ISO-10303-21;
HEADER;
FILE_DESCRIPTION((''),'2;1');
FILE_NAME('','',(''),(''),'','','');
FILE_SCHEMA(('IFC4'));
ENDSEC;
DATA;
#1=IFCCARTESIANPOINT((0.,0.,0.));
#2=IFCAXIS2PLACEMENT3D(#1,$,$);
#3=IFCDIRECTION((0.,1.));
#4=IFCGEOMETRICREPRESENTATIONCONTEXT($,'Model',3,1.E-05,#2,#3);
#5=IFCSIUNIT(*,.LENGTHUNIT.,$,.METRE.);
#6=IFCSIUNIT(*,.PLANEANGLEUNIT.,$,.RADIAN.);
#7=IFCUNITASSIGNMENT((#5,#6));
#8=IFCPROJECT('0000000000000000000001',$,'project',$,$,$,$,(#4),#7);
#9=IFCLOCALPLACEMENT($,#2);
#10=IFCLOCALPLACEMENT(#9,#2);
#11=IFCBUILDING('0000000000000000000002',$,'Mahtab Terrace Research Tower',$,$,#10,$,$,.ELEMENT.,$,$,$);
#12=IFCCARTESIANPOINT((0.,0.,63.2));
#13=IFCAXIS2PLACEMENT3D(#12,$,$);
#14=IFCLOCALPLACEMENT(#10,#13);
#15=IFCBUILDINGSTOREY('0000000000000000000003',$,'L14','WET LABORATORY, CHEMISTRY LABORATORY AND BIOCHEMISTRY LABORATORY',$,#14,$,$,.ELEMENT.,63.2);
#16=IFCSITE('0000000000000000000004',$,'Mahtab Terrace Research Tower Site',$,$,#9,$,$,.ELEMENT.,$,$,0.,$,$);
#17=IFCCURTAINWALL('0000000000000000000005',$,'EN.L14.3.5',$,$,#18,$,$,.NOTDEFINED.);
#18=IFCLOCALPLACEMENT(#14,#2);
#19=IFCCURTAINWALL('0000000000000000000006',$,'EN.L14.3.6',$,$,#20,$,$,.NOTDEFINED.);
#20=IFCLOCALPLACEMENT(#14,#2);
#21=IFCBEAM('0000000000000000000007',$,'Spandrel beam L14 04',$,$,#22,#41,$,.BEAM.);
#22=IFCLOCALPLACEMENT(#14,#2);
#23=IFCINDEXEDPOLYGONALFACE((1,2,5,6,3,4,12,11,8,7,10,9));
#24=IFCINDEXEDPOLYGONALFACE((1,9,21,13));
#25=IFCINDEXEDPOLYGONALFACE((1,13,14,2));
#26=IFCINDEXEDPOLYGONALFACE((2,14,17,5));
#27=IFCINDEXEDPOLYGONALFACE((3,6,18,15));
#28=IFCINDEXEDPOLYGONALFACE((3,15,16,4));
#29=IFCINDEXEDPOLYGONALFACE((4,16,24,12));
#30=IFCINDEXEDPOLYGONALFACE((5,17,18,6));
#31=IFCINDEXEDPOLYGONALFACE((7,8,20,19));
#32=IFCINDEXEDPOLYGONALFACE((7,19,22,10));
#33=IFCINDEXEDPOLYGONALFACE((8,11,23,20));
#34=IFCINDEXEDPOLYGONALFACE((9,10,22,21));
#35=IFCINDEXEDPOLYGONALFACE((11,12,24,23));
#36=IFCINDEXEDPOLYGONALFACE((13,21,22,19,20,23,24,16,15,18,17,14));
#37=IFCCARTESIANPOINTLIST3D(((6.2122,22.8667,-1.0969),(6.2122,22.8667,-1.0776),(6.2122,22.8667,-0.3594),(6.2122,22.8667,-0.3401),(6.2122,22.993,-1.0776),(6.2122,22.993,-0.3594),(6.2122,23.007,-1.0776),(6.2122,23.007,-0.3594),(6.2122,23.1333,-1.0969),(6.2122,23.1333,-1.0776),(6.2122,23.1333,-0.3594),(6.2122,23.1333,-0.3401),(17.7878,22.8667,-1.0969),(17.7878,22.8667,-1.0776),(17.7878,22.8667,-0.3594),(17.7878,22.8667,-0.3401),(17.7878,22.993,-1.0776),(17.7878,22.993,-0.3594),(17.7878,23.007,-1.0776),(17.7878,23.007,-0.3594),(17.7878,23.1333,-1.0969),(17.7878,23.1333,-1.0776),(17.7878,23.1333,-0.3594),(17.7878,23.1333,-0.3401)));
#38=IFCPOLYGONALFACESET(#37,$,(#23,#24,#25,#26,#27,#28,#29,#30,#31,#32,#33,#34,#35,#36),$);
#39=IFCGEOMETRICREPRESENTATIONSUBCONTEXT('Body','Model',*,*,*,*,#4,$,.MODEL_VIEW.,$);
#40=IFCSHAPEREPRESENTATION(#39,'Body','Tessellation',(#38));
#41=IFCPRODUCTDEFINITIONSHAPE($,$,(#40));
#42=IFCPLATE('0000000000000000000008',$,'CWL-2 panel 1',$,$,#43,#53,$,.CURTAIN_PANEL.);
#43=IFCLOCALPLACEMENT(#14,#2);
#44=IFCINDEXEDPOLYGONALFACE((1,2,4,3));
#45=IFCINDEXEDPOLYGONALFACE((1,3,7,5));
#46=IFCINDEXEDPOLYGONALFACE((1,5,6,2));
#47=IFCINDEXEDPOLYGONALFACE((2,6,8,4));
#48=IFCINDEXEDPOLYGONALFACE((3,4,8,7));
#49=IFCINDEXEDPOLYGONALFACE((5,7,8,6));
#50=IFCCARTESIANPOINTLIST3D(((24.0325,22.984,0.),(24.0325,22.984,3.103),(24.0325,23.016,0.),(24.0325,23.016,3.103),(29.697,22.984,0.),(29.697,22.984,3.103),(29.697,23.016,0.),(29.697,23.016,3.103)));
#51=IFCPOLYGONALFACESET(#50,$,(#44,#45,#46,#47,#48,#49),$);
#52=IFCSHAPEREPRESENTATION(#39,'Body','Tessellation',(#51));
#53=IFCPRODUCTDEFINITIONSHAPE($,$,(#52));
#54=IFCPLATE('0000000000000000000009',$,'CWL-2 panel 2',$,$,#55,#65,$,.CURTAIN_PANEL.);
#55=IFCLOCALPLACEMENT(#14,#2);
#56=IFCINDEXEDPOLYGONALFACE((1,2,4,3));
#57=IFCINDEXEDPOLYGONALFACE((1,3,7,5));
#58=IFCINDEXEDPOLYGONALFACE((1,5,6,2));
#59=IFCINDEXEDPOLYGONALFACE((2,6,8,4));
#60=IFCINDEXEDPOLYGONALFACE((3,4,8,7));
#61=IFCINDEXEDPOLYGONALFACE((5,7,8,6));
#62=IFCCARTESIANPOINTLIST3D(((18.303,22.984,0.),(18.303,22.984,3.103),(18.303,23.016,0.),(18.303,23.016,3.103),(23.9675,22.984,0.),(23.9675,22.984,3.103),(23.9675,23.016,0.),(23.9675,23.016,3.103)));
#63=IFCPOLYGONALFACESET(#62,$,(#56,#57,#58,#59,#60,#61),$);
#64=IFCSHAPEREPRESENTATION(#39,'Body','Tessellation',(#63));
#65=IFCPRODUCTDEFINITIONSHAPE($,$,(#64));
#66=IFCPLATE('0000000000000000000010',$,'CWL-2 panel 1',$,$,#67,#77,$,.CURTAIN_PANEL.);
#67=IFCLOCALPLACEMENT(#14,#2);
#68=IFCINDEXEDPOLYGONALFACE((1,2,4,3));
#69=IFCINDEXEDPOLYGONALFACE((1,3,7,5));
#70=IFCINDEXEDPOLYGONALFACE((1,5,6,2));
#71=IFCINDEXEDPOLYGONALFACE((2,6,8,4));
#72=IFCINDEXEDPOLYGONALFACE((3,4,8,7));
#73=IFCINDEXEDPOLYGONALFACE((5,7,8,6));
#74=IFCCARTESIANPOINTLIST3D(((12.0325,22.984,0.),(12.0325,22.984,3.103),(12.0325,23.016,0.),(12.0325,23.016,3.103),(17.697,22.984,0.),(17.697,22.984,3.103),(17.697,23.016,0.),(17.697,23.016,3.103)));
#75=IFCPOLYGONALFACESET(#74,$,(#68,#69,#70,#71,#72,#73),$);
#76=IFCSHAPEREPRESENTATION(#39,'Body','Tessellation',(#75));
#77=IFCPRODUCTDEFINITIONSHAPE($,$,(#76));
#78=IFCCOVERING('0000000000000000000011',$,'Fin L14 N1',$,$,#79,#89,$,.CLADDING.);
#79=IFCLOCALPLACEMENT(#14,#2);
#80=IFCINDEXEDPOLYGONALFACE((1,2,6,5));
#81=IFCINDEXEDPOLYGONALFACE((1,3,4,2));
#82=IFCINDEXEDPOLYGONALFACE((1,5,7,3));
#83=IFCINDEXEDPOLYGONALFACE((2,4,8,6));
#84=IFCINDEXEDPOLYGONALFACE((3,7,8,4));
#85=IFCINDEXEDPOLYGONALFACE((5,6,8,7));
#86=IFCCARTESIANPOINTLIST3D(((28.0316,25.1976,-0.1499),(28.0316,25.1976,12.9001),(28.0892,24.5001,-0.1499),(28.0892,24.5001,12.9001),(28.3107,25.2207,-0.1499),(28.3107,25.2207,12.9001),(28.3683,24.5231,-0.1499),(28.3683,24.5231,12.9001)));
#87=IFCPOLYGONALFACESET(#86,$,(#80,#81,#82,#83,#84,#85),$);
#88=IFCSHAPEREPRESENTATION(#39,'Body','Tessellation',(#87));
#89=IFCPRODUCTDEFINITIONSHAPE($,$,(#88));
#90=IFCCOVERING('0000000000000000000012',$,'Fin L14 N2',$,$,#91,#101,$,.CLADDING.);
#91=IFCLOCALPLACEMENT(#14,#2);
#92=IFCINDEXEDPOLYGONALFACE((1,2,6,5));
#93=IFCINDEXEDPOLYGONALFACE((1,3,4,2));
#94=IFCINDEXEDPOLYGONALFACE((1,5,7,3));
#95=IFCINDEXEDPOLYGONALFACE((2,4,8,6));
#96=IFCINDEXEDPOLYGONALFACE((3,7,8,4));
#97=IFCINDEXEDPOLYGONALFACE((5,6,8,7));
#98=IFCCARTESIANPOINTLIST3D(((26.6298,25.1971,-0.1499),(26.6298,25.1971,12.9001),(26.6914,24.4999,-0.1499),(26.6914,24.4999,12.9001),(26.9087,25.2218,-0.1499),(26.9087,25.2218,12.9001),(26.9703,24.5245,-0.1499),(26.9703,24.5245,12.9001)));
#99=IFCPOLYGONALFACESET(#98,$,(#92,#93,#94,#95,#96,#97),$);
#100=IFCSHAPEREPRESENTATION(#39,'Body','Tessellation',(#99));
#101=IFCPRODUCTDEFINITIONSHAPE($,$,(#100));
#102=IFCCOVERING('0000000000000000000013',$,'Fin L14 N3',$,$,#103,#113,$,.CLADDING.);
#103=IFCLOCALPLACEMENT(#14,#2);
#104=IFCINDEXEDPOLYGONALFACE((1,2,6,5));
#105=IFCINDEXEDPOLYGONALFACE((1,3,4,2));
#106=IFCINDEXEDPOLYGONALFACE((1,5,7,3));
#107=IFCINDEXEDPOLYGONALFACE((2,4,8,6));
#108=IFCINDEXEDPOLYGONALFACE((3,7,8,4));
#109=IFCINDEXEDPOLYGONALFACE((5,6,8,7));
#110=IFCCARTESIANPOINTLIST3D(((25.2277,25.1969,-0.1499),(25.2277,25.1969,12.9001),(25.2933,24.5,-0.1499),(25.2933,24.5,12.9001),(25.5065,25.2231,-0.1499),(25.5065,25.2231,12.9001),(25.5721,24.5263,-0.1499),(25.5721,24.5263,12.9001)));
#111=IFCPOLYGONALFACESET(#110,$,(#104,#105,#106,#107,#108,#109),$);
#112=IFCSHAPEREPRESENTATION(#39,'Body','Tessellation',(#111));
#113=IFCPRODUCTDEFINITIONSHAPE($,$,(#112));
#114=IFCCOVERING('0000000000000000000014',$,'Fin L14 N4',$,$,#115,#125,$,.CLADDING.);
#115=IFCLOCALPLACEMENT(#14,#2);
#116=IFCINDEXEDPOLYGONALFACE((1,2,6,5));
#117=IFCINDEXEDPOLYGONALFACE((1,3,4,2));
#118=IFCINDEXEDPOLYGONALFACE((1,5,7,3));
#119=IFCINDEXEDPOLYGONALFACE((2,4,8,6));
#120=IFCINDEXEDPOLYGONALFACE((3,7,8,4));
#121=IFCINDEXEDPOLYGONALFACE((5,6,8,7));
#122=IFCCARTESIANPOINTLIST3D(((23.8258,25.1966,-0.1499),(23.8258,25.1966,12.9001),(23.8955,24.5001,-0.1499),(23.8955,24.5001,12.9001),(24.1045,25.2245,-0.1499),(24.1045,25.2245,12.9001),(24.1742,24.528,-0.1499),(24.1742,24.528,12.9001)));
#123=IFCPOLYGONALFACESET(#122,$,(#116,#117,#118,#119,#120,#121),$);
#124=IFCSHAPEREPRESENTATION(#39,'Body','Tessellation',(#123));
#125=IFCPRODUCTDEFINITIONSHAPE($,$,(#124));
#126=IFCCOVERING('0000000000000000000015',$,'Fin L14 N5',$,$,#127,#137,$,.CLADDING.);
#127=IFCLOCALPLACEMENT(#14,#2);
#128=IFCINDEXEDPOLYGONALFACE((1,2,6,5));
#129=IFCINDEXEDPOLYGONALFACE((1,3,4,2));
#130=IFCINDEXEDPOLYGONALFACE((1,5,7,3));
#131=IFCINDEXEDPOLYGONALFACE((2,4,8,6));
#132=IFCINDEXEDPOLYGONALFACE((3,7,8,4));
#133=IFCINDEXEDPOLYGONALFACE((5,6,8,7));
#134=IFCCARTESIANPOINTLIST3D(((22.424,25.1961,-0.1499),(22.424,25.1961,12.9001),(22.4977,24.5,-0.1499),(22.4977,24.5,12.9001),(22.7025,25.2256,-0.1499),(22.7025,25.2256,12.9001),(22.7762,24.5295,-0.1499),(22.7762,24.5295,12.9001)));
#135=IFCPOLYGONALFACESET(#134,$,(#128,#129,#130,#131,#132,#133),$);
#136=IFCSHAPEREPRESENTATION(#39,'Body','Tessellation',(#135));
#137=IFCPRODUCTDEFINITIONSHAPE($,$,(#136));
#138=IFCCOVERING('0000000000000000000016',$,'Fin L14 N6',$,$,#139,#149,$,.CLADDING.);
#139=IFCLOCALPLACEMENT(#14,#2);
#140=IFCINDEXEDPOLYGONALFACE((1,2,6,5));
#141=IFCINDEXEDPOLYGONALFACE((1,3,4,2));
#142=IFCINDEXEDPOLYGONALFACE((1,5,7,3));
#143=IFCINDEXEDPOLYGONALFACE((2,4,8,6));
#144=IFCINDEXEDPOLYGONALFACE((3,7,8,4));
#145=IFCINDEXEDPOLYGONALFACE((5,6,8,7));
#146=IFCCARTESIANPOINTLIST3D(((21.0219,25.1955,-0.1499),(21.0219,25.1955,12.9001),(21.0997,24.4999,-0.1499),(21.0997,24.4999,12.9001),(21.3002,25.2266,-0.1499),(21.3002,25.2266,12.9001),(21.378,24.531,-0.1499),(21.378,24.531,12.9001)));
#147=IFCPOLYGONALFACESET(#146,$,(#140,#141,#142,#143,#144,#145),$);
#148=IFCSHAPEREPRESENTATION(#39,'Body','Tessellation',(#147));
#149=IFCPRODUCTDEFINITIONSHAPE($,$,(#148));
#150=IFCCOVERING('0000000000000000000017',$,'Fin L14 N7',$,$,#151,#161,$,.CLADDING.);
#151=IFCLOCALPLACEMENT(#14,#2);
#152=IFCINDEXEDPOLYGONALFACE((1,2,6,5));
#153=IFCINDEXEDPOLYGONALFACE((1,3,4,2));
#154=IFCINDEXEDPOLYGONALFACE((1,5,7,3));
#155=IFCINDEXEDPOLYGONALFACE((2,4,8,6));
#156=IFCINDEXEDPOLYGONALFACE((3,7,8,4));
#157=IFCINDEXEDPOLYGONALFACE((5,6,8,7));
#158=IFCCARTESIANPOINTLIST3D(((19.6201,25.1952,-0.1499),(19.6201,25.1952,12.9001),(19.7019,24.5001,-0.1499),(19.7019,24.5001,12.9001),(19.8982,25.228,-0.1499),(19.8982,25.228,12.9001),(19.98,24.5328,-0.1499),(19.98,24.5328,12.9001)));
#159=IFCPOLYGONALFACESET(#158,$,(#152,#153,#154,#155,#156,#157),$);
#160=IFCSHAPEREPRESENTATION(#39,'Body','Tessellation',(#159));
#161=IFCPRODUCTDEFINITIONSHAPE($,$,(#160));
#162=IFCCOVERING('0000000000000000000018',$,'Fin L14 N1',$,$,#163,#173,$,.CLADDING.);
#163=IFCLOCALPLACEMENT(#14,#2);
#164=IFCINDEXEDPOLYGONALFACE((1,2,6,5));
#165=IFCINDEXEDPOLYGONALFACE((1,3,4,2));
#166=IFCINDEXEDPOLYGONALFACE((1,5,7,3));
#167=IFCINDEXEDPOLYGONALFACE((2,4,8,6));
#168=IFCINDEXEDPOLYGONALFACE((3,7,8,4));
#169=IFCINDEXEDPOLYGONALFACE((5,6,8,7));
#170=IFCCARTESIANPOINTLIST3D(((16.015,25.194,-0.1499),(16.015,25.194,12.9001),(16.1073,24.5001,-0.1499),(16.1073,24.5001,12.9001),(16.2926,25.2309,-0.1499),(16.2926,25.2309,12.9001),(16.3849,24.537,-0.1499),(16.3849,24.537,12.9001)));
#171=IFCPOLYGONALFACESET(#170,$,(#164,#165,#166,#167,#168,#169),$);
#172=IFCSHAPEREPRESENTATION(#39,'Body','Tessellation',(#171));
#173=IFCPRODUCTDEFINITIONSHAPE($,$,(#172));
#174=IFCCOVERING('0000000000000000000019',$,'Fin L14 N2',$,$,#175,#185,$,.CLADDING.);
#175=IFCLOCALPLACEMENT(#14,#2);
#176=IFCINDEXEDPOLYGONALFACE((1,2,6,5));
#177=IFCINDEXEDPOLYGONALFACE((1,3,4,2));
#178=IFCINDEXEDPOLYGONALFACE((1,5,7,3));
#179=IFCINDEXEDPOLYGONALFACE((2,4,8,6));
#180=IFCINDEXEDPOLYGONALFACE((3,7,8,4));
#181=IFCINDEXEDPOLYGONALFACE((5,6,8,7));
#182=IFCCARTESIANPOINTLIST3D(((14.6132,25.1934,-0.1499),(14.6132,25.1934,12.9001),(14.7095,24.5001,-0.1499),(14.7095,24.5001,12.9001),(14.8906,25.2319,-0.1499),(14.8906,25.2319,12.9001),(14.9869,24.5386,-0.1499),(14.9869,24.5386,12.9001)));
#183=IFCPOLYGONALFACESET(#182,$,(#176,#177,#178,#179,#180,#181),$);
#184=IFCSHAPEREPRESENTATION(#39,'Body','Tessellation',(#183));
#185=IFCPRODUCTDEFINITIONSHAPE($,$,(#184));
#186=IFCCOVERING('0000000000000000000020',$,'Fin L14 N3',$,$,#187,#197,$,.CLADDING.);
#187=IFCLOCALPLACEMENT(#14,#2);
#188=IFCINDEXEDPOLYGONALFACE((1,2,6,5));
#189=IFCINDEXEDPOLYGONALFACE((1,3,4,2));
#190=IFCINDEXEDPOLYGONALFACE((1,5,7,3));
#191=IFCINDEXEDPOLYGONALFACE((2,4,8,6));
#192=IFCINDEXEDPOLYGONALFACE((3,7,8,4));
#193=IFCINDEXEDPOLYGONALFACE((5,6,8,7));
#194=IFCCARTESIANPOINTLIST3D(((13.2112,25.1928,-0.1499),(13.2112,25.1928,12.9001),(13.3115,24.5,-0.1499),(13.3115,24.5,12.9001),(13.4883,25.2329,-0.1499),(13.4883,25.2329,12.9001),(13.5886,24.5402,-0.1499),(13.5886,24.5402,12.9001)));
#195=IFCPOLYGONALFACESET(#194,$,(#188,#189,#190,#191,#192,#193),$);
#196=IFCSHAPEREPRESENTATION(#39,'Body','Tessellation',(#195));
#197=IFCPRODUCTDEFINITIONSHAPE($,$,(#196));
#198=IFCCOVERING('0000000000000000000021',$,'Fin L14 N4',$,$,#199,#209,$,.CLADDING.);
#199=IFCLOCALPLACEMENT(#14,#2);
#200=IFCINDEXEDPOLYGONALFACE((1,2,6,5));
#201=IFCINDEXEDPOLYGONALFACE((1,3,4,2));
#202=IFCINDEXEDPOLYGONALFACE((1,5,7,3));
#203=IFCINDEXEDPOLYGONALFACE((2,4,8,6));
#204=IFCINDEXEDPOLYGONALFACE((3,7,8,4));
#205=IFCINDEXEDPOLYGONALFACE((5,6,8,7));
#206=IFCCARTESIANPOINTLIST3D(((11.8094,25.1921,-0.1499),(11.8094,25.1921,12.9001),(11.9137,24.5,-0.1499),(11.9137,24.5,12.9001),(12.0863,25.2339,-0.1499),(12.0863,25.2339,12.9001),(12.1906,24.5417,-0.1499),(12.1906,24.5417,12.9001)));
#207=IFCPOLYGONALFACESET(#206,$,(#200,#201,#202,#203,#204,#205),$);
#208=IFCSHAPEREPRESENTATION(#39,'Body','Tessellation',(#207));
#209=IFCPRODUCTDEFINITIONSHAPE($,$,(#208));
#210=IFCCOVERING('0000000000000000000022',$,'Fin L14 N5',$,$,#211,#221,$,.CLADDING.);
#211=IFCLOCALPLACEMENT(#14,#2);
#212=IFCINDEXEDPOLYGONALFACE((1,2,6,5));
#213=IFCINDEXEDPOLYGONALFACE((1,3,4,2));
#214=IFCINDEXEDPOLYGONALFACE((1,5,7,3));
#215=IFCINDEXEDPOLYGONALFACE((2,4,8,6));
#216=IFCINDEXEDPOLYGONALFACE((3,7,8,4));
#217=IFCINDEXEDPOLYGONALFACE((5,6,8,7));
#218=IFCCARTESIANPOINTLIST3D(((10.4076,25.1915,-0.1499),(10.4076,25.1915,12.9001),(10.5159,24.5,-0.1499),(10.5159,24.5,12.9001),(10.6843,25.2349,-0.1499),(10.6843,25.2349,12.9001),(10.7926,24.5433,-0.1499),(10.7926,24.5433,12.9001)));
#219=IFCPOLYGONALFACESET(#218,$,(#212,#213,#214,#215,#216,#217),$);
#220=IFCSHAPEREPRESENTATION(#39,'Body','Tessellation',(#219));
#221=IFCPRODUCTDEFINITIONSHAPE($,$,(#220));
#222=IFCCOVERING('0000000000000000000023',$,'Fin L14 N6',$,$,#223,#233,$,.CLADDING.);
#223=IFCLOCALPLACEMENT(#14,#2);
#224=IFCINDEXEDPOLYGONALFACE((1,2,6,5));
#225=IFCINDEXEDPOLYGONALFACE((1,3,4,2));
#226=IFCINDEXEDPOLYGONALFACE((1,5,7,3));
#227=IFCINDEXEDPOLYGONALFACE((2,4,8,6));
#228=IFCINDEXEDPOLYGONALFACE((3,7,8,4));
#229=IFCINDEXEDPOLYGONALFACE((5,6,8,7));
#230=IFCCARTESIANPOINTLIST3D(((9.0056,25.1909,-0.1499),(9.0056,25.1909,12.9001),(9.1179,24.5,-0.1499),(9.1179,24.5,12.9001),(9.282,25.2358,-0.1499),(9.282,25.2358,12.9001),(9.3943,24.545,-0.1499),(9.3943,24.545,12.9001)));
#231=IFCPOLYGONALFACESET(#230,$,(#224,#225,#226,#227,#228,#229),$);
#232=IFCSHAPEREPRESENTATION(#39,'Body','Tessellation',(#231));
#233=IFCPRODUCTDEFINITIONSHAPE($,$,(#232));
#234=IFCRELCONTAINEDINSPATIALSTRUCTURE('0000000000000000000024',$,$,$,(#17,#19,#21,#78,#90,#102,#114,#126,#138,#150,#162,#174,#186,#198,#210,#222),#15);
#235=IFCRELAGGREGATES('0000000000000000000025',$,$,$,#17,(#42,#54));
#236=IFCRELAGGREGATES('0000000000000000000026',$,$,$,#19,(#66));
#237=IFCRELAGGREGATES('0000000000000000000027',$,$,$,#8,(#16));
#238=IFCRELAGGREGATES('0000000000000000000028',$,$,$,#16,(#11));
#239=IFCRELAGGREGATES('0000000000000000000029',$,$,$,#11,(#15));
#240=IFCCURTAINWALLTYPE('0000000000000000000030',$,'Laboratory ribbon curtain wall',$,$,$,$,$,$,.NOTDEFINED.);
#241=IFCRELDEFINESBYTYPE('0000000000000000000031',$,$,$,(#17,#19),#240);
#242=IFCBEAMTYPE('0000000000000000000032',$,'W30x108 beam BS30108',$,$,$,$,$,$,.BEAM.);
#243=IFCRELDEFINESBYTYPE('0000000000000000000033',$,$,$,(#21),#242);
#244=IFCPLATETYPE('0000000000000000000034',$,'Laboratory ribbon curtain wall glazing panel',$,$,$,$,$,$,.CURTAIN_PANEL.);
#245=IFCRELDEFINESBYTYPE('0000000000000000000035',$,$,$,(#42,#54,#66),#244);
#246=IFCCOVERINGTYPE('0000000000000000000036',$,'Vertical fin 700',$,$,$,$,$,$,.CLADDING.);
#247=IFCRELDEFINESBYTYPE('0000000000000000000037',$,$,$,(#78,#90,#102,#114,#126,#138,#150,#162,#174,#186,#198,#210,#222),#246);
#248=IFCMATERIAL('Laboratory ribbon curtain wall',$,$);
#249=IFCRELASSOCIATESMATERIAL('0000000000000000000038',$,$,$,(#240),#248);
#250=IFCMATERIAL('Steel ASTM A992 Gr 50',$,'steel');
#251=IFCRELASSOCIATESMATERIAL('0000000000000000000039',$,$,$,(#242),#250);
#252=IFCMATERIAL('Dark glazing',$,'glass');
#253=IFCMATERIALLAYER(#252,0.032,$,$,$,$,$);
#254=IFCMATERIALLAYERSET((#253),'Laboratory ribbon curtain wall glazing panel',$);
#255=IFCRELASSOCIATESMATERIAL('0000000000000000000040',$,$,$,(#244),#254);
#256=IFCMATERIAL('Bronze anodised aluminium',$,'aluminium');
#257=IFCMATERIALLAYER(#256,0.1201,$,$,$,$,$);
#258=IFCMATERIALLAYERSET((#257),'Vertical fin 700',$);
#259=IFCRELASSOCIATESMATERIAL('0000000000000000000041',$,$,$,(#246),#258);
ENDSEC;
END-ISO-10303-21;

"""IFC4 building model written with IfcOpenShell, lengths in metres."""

from ifc_helpers import new_model, si_unit, direction, frame, origin, origin_2d, place, context, subcontext, project, spatial, rectangle, i_section, extrude, material, layer, layer_set, material_profile, profile_set, type_object, element, aggregate, save


model = new_model("IFC4")

# Units and contexts
model_context = context("Model", 3, precision=1e-05, world=origin(), true_north=direction((0.0, 1.0)))
body_context = subcontext(model_context, "Body", "Model", "MODEL_VIEW")
ifc_project = project(units=[si_unit("LENGTHUNIT", "METRE"), si_unit("PLANEANGLEUNIT", "RADIAN")], contexts=[model_context])

# Site, building, storey
site_placement = place(None, origin())
site = spatial("IfcSite", under=ifc_project, at=site_placement, Name="Mahtab Terrace Research Tower Site", CompositionType="ELEMENT", RefElevation=0.0)
building_placement = place(site_placement, origin())
building = spatial("IfcBuilding", under=site, at=building_placement, Name="Mahtab Terrace Research Tower", CompositionType="ELEMENT")
storey_placement = place(building_placement, frame((0.0, 0.0, 63.2)))
storey = spatial("IfcBuildingStorey", under=building, at=storey_placement, Name="L14", Description="WET LABORATORY, CHEMISTRY LABORATORY AND BIOCHEMISTRY LABORATORY", CompositionType="ELEMENT", Elevation=63.2)

# Shared definitions
ifc_material_1 = material(Name="Steel ASTM A992 Gr 50", Category="steel")

# Curtain walls
ifc_material_2 = material(Name="Laboratory ribbon curtain wall")
curtain_wall_type = type_object("IfcCurtainWallType", Name="Laboratory ribbon curtain wall", PredefinedType="NOTDEFINED", material=ifc_material_2)
curtain_wall_1_placement = place(storey_placement, origin())
curtain_wall_1 = element("IfcCurtainWall", 1, at=curtain_wall_1_placement, inside=storey, type_object=curtain_wall_type, Name="EN.L14.3.5", PredefinedType="NOTDEFINED")
curtain_wall_2_placement = place(storey_placement, origin())
curtain_wall_2 = element("IfcCurtainWall", 2, at=curtain_wall_2_placement, inside=storey, type_object=curtain_wall_type, Name="EN.L14.3.6", PredefinedType="NOTDEFINED")

# Beam
ifc_material_profile_1 = material_profile(ifc_material_1, i_section(OverallWidth=0.2666, OverallDepth=0.7568, WebThickness=0.0139, FlangeThickness=0.0193, at=origin_2d()), Name="W30X108")
ifc_profile_set_1 = profile_set([ifc_material_profile_1], Name="Steel ASTM A992 Gr 50")
beam_type = type_object("IfcBeamType", Name="W30x108 beam BS30108", PredefinedType="BEAM", material=ifc_profile_set_1)
for number, where, z_axis, x_axis, name in (
    (3, (17.7878, 23.0, -0.7185), (-1.0, 0.0, 0.0), (0.0, -1.0, 0.0), "Spandrel beam L14 04"),
):
    element("IfcBeam", number, at=place(storey_placement, frame(where, z_axis=z_axis, x_axis=x_axis)), inside=storey, type_object=beam_type, Name=name, PredefinedType="BEAM", context=body_context, shape_type="SweptSolid", body=[
        extrude(i_section(OverallWidth=0.2666, OverallDepth=0.7568, WebThickness=0.0139, FlangeThickness=0.0193, at=origin_2d()), origin(), (0.0, 0.0, 1.0), 11.5757),
    ])

# Plates
ifc_material_3 = material(Name="Dark glazing", Category="glass")
ifc_layer_1 = layer(ifc_material_3, 0.032)
ifc_layer_set_1 = layer_set([ifc_layer_1], Name="Laboratory ribbon curtain wall glazing panel")
plate_type = type_object("IfcPlateType", Name="Laboratory ribbon curtain wall glazing panel", PredefinedType="CURTAIN_PANEL", material=ifc_layer_set_1)
plate_1_placement = place(storey_placement, frame((26.8647, 23.0, 0.0), z_axis=(0.0, 0.0, 1.0), x_axis=(-1.0, 0.0, 0.0)))
plate_1 = element("IfcPlate", 4, at=plate_1_placement, type_object=plate_type, Name="CWL-2 panel 1", PredefinedType="CURTAIN_PANEL", context=body_context, shape_type="SweptSolid", body=[
    extrude(rectangle(XDim=5.6646, YDim=0.032, at=origin_2d()), origin(), (0.0, 0.0, 1.0), 3.103),
])
plate_2_placement = place(storey_placement, frame((21.1353, 23.0, 0.0), z_axis=(0.0, 0.0, 1.0), x_axis=(-1.0, 0.0, 0.0)))
plate_2 = element("IfcPlate", 5, at=plate_2_placement, type_object=plate_type, Name="CWL-2 panel 2", PredefinedType="CURTAIN_PANEL", context=body_context, shape_type="SweptSolid", body=[
    extrude(rectangle(XDim=5.6646, YDim=0.032, at=origin_2d()), origin(), (0.0, 0.0, 1.0), 3.103),
])
aggregate(curtain_wall_1, [plate_1, plate_2])
plate_3_placement = place(storey_placement, frame((14.8647, 23.0, 0.0), z_axis=(0.0, 0.0, 1.0), x_axis=(-1.0, 0.0, 0.0)))
plate_3 = element("IfcPlate", 6, at=plate_3_placement, type_object=plate_type, Name="CWL-2 panel 1", PredefinedType="CURTAIN_PANEL", context=body_context, shape_type="SweptSolid", body=[
    extrude(rectangle(XDim=5.6646, YDim=0.032, at=origin_2d()), origin(), (0.0, 0.0, 1.0), 3.103),
])
aggregate(curtain_wall_2, [plate_3])

# Coverings
ifc_material_4 = material(Name="Bronze anodised aluminium", Category="aluminium")
ifc_layer_2 = layer(ifc_material_4, 0.1201)
ifc_layer_set_2 = layer_set([ifc_layer_2], Name="Vertical fin 700")
covering_type = type_object("IfcCoveringType", Name="Vertical fin 700", PredefinedType="CLADDING", material=ifc_layer_set_2)
for number, where, z_axis, x_axis, name in (
    (7, (28.2, 24.8604, -0.1499), (0.0, 0.0, 1.0), (-0.996617, -0.082187, 0.0), "Fin L14 N1"),
    (8, (26.8, 24.8608, -0.1499), (0.0, 0.0, 1.0), (-0.996122, -0.087984, 0.0), "Fin L14 N2"),
    (9, (25.3999, 24.8616, -0.1499), (0.0, 0.0, 1.0), (-0.995593, -0.093777, 0.0), "Fin L14 N3"),
    (10, (24.0, 24.8623, -0.1499), (0.0, 0.0, 1.0), (-0.995031, -0.099568, 0.0), "Fin L14 N4"),
    (11, (22.6001, 24.8628, -0.1499), (0.0, 0.0, 1.0), (-0.994435, -0.105355, 0.0), "Fin L14 N5"),
    (12, (21.2, 24.8633, -0.1499), (0.0, 0.0, 1.0), (-0.993805, -0.111139, 0.0), "Fin L14 N6"),
    (13, (19.8, 24.864, -0.1499), (0.0, 0.0, 1.0), (-0.993142, -0.116918, 0.0), "Fin L14 N7"),
    (14, (16.2, 24.8655, -0.1499), (0.0, 0.0, 1.0), (-0.991281, -0.131762, 0.0), "Fin L14 N1"),
    (15, (14.8, 24.866, -0.1499), (0.0, 0.0, 1.0), (-0.990498, -0.137527, 0.0), "Fin L14 N2"),
    (16, (13.3999, 24.8665, -0.1499), (0.0, 0.0, 1.0), (-0.989681, -0.143287, 0.0), "Fin L14 N3"),
    (17, (12.0, 24.8669, -0.1499), (0.0, 0.0, 1.0), (-0.988831, -0.149042, 0.0), "Fin L14 N4"),
    (18, (10.6001, 24.8674, -0.1499), (0.0, 0.0, 1.0), (-0.987947, -0.154792, 0.0), "Fin L14 N5"),
    (19, (9.2, 24.8679, -0.1499), (0.0, 0.0, 1.0), (-0.98703, -0.160537, 0.0), "Fin L14 N6"),
):
    element("IfcCovering", number, at=place(storey_placement, frame(where, z_axis=z_axis, x_axis=x_axis)), inside=storey, type_object=covering_type, Name=name, PredefinedType="CLADDING", context=body_context, shape_type="SweptSolid", body=[
        extrude(rectangle(XDim=0.28, YDim=0.7, at=origin_2d()), origin(), (0.0, 0.0, 1.0), 13.05),
    ])

save(model, "model.ifc")
